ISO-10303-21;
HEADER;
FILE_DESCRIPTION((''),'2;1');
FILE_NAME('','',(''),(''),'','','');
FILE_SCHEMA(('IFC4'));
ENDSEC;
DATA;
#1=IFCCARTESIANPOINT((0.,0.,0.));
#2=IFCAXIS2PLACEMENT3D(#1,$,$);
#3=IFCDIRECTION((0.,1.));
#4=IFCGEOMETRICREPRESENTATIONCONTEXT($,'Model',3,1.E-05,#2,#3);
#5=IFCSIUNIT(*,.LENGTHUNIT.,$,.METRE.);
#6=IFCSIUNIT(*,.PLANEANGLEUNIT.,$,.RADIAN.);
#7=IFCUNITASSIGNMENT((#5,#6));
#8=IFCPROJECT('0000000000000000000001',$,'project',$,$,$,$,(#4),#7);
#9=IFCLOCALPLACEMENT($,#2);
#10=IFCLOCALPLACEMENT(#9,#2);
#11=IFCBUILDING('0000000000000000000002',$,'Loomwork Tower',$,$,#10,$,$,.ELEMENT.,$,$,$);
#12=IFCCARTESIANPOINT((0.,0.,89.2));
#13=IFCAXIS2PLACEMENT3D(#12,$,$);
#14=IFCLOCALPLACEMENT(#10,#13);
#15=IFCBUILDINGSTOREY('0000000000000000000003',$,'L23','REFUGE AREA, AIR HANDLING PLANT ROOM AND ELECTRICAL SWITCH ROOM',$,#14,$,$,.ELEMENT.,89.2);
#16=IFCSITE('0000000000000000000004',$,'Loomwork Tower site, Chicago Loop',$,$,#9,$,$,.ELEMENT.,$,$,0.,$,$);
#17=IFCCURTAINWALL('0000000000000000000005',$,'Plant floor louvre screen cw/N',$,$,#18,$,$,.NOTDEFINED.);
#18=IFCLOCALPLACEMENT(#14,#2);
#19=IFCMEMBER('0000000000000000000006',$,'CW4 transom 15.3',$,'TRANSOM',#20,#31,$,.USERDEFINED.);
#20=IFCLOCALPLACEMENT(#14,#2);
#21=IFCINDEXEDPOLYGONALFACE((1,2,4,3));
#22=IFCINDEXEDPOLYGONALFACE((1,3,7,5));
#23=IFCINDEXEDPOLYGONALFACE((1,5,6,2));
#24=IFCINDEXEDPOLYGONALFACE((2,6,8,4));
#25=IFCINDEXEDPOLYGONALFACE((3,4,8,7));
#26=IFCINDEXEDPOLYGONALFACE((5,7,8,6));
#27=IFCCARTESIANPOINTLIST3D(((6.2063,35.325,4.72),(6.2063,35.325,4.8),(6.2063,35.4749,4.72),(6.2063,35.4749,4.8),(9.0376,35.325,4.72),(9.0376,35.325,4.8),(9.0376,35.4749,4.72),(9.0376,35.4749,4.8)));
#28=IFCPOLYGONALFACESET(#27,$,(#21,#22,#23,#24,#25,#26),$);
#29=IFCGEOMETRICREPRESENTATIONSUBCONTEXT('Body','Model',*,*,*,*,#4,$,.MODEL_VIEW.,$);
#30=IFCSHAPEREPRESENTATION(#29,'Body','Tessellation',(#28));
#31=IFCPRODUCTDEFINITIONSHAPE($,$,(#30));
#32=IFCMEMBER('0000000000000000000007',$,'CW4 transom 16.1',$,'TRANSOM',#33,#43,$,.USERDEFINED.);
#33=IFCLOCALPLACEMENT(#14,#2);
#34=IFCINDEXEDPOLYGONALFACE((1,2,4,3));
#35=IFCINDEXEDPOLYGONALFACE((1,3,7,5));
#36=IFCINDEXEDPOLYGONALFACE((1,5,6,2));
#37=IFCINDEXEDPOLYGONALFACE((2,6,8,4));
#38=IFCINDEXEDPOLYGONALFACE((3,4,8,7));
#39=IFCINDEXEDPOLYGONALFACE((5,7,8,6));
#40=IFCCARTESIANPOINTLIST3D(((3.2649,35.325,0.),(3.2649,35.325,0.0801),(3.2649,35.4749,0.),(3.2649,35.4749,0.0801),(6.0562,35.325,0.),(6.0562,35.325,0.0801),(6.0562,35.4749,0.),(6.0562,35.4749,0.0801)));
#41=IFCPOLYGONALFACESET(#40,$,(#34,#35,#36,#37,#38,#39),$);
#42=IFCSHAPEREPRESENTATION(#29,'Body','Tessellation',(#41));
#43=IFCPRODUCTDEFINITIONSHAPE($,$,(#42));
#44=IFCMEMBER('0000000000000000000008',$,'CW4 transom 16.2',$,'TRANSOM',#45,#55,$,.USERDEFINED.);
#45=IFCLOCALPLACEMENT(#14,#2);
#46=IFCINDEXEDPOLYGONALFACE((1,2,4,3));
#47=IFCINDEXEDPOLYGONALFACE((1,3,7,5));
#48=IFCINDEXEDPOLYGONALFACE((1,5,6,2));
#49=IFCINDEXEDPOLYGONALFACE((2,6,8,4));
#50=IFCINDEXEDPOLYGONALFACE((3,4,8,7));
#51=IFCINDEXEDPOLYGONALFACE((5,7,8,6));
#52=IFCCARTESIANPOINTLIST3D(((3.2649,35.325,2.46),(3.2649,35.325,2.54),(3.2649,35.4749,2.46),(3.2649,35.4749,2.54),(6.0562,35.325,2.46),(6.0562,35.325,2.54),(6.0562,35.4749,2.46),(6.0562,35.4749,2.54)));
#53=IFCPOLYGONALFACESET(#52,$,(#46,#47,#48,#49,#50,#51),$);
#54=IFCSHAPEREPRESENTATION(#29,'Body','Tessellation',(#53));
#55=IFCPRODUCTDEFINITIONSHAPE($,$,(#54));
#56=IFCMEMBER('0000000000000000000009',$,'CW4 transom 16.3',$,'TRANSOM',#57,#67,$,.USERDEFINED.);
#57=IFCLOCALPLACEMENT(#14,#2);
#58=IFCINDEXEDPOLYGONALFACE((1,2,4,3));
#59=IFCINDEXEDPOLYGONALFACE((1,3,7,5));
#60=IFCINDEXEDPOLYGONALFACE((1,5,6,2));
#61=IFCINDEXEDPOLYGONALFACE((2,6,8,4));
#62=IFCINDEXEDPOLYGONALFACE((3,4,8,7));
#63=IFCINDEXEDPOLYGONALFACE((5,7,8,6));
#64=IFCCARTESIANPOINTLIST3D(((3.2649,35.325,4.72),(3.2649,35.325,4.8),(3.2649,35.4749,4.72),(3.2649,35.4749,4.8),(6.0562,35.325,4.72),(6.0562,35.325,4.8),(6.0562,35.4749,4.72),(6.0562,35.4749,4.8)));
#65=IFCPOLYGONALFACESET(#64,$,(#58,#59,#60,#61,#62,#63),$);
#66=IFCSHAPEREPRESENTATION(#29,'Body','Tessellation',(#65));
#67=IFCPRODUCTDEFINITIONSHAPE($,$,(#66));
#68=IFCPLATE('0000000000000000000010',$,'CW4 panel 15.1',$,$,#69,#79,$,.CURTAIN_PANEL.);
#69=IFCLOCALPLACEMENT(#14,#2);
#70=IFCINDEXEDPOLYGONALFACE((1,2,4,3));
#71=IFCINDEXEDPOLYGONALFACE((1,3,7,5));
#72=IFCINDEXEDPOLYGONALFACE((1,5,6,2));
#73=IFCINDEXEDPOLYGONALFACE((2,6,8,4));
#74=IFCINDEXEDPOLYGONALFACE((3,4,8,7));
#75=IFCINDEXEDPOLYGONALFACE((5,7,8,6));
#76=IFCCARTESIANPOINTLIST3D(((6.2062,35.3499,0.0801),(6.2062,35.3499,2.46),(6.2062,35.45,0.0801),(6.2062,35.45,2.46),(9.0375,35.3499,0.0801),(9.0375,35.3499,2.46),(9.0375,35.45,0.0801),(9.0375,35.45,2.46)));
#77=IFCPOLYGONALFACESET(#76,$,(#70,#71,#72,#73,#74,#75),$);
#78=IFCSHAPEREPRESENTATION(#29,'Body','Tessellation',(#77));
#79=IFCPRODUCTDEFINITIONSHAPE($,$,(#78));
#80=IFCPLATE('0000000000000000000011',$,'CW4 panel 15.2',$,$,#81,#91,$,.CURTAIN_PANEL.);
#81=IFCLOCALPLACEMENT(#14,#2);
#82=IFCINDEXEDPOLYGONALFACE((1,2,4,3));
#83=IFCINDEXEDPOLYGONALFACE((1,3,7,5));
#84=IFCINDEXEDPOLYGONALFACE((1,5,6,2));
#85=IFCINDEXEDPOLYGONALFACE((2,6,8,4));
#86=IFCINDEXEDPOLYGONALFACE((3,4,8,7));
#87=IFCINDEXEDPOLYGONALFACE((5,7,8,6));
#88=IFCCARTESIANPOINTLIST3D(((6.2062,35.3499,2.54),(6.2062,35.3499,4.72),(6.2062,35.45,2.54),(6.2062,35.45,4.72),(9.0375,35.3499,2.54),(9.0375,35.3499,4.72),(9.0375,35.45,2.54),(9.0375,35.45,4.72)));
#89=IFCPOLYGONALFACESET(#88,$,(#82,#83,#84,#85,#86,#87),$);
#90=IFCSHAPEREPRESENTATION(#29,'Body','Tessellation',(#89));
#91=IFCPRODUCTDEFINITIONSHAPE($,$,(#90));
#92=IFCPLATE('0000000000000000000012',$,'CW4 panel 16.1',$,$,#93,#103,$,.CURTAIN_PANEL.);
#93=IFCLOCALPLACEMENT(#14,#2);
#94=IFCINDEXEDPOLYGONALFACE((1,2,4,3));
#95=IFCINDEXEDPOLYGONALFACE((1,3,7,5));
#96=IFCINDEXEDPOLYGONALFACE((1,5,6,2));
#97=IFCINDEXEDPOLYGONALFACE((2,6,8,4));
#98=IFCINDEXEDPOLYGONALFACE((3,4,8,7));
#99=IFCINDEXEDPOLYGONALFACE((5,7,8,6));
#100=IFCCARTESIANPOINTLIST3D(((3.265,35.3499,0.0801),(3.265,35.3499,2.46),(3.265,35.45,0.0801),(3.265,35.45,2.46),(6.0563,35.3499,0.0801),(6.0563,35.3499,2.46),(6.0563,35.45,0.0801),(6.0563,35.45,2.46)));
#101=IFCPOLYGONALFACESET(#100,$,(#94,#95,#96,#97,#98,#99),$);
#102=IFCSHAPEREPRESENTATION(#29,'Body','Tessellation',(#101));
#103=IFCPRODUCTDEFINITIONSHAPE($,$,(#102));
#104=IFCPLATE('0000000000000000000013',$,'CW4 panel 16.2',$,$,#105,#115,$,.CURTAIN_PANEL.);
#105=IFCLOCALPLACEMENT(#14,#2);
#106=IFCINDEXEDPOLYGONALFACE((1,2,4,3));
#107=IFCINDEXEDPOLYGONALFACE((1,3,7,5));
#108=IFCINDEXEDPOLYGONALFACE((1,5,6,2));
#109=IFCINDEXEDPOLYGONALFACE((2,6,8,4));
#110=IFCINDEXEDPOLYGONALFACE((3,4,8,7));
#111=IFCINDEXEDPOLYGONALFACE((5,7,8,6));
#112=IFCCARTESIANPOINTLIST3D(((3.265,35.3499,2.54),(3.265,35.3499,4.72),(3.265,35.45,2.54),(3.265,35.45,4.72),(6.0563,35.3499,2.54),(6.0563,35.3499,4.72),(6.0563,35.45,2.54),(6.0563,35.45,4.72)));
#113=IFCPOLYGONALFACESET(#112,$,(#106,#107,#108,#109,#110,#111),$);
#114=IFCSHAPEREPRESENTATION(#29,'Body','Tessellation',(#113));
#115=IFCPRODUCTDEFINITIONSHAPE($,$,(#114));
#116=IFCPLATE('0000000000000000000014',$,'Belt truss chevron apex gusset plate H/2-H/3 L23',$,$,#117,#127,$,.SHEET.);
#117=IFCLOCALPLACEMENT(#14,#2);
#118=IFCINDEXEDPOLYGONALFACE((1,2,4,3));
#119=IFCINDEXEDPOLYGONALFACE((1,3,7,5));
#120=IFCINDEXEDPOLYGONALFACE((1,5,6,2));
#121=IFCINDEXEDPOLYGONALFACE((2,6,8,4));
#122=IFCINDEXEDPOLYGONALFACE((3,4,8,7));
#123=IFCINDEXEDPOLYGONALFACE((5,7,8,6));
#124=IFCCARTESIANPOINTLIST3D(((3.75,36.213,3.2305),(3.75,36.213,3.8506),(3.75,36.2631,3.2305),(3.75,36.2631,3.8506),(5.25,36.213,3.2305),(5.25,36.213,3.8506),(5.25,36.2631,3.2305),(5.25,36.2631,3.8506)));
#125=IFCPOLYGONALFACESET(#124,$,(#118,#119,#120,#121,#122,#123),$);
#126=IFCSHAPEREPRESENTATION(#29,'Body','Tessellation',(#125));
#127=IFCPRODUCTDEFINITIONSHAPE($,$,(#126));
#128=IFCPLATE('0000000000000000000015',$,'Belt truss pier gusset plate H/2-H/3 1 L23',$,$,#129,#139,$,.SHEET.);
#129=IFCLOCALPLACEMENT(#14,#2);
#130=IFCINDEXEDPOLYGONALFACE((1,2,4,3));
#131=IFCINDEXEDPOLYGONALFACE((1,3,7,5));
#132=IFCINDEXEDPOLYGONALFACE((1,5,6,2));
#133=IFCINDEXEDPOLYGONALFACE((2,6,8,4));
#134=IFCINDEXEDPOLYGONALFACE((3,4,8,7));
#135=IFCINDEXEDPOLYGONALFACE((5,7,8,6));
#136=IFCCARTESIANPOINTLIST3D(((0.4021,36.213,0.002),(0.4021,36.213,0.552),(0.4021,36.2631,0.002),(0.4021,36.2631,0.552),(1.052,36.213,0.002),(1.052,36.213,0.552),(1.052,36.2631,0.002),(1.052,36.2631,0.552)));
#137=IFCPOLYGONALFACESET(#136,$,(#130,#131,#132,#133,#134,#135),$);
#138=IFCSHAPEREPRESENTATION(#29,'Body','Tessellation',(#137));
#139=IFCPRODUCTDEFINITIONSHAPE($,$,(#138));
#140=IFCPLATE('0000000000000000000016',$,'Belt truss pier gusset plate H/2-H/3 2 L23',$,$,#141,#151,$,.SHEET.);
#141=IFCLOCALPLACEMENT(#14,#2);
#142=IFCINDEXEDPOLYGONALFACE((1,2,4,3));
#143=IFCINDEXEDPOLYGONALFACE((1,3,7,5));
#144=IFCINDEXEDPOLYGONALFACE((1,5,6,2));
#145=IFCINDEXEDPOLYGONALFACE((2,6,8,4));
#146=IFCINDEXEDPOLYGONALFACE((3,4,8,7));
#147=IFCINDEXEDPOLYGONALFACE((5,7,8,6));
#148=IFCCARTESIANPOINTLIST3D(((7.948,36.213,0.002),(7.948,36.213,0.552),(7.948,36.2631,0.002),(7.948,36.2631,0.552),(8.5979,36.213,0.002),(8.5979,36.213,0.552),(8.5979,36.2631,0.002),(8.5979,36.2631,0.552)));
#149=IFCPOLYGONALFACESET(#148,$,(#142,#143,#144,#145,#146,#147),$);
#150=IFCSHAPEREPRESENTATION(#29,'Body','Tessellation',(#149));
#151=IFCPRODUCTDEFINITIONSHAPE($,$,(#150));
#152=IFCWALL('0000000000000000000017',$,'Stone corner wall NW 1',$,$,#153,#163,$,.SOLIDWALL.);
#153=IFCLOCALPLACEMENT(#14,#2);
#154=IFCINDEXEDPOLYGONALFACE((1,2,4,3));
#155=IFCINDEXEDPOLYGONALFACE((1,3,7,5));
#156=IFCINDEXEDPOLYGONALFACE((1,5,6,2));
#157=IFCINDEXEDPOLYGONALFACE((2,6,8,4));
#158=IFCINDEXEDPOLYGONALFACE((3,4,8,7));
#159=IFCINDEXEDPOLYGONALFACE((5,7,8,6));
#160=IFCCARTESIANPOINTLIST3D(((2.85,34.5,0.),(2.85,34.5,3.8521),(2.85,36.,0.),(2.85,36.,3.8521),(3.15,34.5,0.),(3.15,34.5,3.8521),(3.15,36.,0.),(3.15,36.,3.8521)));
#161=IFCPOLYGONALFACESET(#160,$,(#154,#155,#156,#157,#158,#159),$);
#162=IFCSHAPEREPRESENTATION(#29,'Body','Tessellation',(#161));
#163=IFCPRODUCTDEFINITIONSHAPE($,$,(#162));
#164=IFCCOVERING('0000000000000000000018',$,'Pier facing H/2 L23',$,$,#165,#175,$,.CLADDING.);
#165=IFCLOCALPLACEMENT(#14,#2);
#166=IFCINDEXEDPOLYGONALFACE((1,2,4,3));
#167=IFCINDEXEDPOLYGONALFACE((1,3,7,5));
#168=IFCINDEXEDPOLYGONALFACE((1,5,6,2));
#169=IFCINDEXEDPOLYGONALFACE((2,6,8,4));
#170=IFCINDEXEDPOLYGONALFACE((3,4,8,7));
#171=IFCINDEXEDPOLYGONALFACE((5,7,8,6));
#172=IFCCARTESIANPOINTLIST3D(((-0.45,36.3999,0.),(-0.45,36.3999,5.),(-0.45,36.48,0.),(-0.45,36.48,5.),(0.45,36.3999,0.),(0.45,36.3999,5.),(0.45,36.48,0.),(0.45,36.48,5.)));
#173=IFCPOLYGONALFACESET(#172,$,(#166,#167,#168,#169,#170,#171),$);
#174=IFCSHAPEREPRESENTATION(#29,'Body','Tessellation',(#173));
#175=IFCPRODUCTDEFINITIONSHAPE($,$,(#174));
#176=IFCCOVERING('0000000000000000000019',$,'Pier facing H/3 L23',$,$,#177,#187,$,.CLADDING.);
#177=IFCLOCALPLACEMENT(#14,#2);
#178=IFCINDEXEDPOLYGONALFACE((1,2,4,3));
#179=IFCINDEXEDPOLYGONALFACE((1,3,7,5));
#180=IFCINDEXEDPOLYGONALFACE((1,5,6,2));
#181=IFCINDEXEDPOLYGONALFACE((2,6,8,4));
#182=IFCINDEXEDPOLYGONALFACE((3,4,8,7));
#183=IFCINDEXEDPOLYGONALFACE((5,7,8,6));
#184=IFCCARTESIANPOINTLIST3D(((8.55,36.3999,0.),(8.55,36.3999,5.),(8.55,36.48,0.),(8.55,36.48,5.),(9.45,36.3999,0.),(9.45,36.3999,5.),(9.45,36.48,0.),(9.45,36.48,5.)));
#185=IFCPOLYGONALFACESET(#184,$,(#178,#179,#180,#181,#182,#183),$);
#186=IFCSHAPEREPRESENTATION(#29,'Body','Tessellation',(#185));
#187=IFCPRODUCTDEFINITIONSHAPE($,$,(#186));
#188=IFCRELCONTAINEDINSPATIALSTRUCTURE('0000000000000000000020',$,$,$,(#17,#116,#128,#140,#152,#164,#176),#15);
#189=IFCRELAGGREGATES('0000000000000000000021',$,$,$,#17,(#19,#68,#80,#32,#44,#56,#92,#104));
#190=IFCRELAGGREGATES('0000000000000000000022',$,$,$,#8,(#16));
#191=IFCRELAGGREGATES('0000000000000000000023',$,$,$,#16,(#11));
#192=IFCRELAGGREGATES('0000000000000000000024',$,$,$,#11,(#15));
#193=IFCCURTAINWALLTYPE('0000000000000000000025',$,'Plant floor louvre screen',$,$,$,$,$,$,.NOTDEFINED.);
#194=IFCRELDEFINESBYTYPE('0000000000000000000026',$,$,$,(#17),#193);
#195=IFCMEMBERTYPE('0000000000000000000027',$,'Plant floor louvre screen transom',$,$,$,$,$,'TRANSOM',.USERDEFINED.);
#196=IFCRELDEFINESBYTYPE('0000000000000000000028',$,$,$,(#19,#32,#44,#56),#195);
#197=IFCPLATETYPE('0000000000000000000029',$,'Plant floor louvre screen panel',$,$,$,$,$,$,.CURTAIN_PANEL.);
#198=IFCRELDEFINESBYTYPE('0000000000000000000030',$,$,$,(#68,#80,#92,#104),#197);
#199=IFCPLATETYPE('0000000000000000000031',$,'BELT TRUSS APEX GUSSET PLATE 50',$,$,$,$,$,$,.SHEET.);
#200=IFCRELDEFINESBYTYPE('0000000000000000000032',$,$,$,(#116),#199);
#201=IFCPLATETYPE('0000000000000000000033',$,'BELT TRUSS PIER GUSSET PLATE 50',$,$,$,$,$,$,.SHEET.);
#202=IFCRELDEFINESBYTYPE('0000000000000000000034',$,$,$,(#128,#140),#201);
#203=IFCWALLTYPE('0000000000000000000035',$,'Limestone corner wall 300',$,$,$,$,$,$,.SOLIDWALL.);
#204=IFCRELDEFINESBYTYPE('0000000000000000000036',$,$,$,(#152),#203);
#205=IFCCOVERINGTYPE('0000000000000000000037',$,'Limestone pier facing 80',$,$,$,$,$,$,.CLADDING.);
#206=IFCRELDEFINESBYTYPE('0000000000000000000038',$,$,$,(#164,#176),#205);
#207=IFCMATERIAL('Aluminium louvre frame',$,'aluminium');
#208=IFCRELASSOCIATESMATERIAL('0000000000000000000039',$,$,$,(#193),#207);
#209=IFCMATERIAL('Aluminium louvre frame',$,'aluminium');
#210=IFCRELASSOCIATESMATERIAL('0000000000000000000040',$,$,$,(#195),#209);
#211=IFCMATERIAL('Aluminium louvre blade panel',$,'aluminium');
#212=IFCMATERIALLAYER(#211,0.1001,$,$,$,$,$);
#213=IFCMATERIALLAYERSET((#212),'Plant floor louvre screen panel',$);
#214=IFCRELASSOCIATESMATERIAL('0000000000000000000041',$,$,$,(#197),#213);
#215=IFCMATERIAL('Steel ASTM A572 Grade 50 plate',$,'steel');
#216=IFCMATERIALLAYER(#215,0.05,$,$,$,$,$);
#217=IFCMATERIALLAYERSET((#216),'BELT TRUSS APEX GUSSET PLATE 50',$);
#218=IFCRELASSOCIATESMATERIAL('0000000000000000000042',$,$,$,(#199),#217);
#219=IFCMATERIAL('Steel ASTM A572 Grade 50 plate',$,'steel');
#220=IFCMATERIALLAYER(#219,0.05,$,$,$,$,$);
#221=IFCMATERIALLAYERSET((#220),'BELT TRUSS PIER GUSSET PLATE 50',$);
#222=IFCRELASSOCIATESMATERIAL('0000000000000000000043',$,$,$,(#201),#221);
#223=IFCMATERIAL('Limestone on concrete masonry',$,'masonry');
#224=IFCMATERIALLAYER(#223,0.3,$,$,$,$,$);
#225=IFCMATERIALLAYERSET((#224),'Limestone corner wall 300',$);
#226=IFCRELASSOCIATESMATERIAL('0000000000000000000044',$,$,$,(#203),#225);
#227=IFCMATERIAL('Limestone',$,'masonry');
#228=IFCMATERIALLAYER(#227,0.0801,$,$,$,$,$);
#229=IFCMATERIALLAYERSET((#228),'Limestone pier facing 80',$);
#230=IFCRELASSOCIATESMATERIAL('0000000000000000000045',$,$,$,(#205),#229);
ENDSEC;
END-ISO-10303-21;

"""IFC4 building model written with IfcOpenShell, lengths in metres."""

from ifc_helpers import new_model, si_unit, direction, frame, frame_2d, origin, origin_2d, place, context, subcontext, project, spatial, rectangle, extrude, material, layer, layer_set, material_profile, profile_set, type_object, element, aggregate, save


model = new_model("IFC4")

# Units and contexts
model_context = context("Model", 3, precision=1e-05, world=origin(), true_north=direction((0.0, 1.0)))
body_context = subcontext(model_context, "Body", "Model", "MODEL_VIEW")
ifc_project = project(units=[si_unit("LENGTHUNIT", "METRE"), si_unit("PLANEANGLEUNIT", "RADIAN")], contexts=[model_context])

# Site, building, storey
site_placement = place(None, origin())
site = spatial("IfcSite", under=ifc_project, at=site_placement, Name="Loomwork Tower site, Chicago Loop", CompositionType="ELEMENT", RefElevation=0.0)
building_placement = place(site_placement, origin())
building = spatial("IfcBuilding", under=site, at=building_placement, Name="Loomwork Tower", CompositionType="ELEMENT")
storey_placement = place(building_placement, frame((0.0, 0.0, 89.2)))
storey = spatial("IfcBuildingStorey", under=building, at=storey_placement, Name="L23", Description="REFUGE AREA, AIR HANDLING PLANT ROOM AND ELECTRICAL SWITCH ROOM", CompositionType="ELEMENT", Elevation=89.2)

# Curtain wall, members, plates
ifc_material_1 = material(Name="Aluminium louvre frame", Category="aluminium")
curtain_wall_type = type_object("IfcCurtainWallType", Name="Plant floor louvre screen", PredefinedType="NOTDEFINED", material=ifc_material_1)
curtain_wall_placement = place(storey_placement, origin())
curtain_wall = element("IfcCurtainWall", 1, at=curtain_wall_placement, inside=storey, type_object=curtain_wall_type, Name="Plant floor louvre screen cw/N", PredefinedType="NOTDEFINED")
ifc_material_2 = material(Name="Aluminium louvre frame", Category="aluminium")
ifc_material_profile_1 = material_profile(ifc_material_2, rectangle(XDim=0.1499, YDim=0.0801, at=origin_2d()), Name="AL 80x150")
ifc_profile_set_1 = profile_set([ifc_material_profile_1], Name="Aluminium louvre frame")
member_type_1 = type_object("IfcMemberType", Name="Plant floor louvre screen transom", ElementType="TRANSOM", PredefinedType="USERDEFINED", material=ifc_profile_set_1)
member_1_placement = place(storey_placement, frame((9.0376, 35.3999, 4.76), z_axis=(-1.0, 0.0, 0.0), x_axis=(0.0, -1.0, 0.0)))
member_1 = element("IfcMember", 2, at=member_1_placement, type_object=member_type_1, Name="CW4 transom 15.3", ObjectType="TRANSOM", PredefinedType="USERDEFINED", context=body_context, shape_type="SweptSolid", body=[
    extrude(rectangle(XDim=0.1499, YDim=0.0801, at=origin_2d()), origin(), (0.0, 0.0, 1.0), 2.8313),
])
member_2_placement = place(storey_placement, frame((6.0562, 35.3999, 0.04), z_axis=(-1.0, 0.0, 0.0), x_axis=(0.0, -1.0, 0.0)))
member_2 = element("IfcMember", 3, at=member_2_placement, type_object=member_type_1, Name="CW4 transom 16.1", ObjectType="TRANSOM", PredefinedType="USERDEFINED", context=body_context, shape_type="SweptSolid", body=[
    extrude(rectangle(XDim=0.1499, YDim=0.0801, at=origin_2d()), origin(), (0.0, 0.0, 1.0), 2.7913),
])
member_3_placement = place(storey_placement, frame((6.0562, 35.3999, 2.5), z_axis=(-1.0, 0.0, 0.0), x_axis=(0.0, -1.0, 0.0)))
member_3 = element("IfcMember", 4, at=member_3_placement, type_object=member_type_1, Name="CW4 transom 16.2", ObjectType="TRANSOM", PredefinedType="USERDEFINED", context=body_context, shape_type="SweptSolid", body=[
    extrude(rectangle(XDim=0.1499, YDim=0.0801, at=origin_2d()), origin(), (0.0, 0.0, 1.0), 2.7913),
])
member_4_placement = place(storey_placement, frame((6.0562, 35.3999, 4.76), z_axis=(-1.0, 0.0, 0.0), x_axis=(0.0, -1.0, 0.0)))
member_4 = element("IfcMember", 5, at=member_4_placement, type_object=member_type_1, Name="CW4 transom 16.3", ObjectType="TRANSOM", PredefinedType="USERDEFINED", context=body_context, shape_type="SweptSolid", body=[
    extrude(rectangle(XDim=0.1499, YDim=0.0801, at=origin_2d()), origin(), (0.0, 0.0, 1.0), 2.7913),
])
ifc_material_3 = material(Name="Aluminium louvre blade panel", Category="aluminium")
ifc_layer_1 = layer(ifc_material_3, 0.1001)
ifc_layer_set_1 = layer_set([ifc_layer_1], Name="Plant floor louvre screen panel")
plate_type_1 = type_object("IfcPlateType", Name="Plant floor louvre screen panel", PredefinedType="CURTAIN_PANEL", material=ifc_layer_set_1)
plate_1_placement = place(storey_placement, frame((7.6218, 35.3999, 0.0801), z_axis=(0.0, 0.0, 1.0), x_axis=(-1.0, 0.0, 0.0)))
plate_1 = element("IfcPlate", 6, at=plate_1_placement, type_object=plate_type_1, Name="CW4 panel 15.1", PredefinedType="CURTAIN_PANEL", context=body_context, shape_type="SweptSolid", body=[
    extrude(rectangle(XDim=2.8313, YDim=0.1001, at=origin_2d()), origin(), (0.0, 0.0, 1.0), 2.3799),
])
plate_2_placement = place(storey_placement, frame((7.6218, 35.3999, 2.54), z_axis=(0.0, 0.0, 1.0), x_axis=(-1.0, 0.0, 0.0)))
plate_2 = element("IfcPlate", 7, at=plate_2_placement, type_object=plate_type_1, Name="CW4 panel 15.2", PredefinedType="CURTAIN_PANEL", context=body_context, shape_type="SweptSolid", body=[
    extrude(rectangle(XDim=2.8313, YDim=0.1001, at=origin_2d()), origin(), (0.0, 0.0, 1.0), 2.1799),
])
plate_3_placement = place(storey_placement, frame((4.6606, 35.3999, 0.0801), z_axis=(0.0, 0.0, 1.0), x_axis=(-1.0, 0.0, 0.0)))
plate_3 = element("IfcPlate", 8, at=plate_3_placement, type_object=plate_type_1, Name="CW4 panel 16.1", PredefinedType="CURTAIN_PANEL", context=body_context, shape_type="SweptSolid", body=[
    extrude(rectangle(XDim=2.7913, YDim=0.1001, at=origin_2d()), origin(), (0.0, 0.0, 1.0), 2.3799),
])
plate_4_placement = place(storey_placement, frame((4.6606, 35.3999, 2.54), z_axis=(0.0, 0.0, 1.0), x_axis=(-1.0, 0.0, 0.0)))
plate_4 = element("IfcPlate", 9, at=plate_4_placement, type_object=plate_type_1, Name="CW4 panel 16.2", PredefinedType="CURTAIN_PANEL", context=body_context, shape_type="SweptSolid", body=[
    extrude(rectangle(XDim=2.7913, YDim=0.1001, at=origin_2d()), origin(), (0.0, 0.0, 1.0), 2.1799),
])
aggregate(curtain_wall, [member_1, plate_1, plate_2, member_2, member_3, member_4, plate_3, plate_4])

# Plates
ifc_material_4 = material(Name="Steel ASTM A572 Grade 50 plate", Category="steel")
ifc_layer_2 = layer(ifc_material_4, 0.05)
ifc_layer_set_2 = layer_set([ifc_layer_2], Name="BELT TRUSS APEX GUSSET PLATE 50")
plate_type_2 = type_object("IfcPlateType", Name="BELT TRUSS APEX GUSSET PLATE 50", PredefinedType="SHEET", material=ifc_layer_set_2)
plate_5_placement = place(storey_placement, frame((4.5, 36.238, 3.2305), z_axis=(0.0, 0.0, 1.0), x_axis=(1.0, 0.0, 0.0)))
element("IfcPlate", 10, at=plate_5_placement, inside=storey, type_object=plate_type_2, Name="Belt truss chevron apex gusset plate H/2-H/3 L23", PredefinedType="SHEET", context=body_context, shape_type="SweptSolid", body=[
    extrude(rectangle(XDim=1.5, YDim=0.05, at=origin_2d()), origin(), (0.0, 0.0, 1.0), 0.6201),
])
ifc_material_5 = material(Name="Steel ASTM A572 Grade 50 plate", Category="steel")
ifc_layer_3 = layer(ifc_material_5, 0.05)
ifc_layer_set_3 = layer_set([ifc_layer_3], Name="BELT TRUSS PIER GUSSET PLATE 50")
plate_type_3 = type_object("IfcPlateType", Name="BELT TRUSS PIER GUSSET PLATE 50", PredefinedType="SHEET", material=ifc_layer_set_3)
for number, where, z_axis, x_axis, name in (
    (11, (0.7271, 36.238, 0.002), (0.0, 0.0, 1.0), (1.0, 0.0, 0.0), "Belt truss pier gusset plate H/2-H/3 1 L23"),
    (12, (8.2729, 36.238, 0.002), (0.0, 0.0, 1.0), (1.0, 0.0, 0.0), "Belt truss pier gusset plate H/2-H/3 2 L23"),
):
    element("IfcPlate", number, at=place(storey_placement, frame(where, z_axis=z_axis, x_axis=x_axis)), inside=storey, type_object=plate_type_3, Name=name, PredefinedType="SHEET", context=body_context, shape_type="SweptSolid", body=[
        extrude(rectangle(XDim=0.6499, YDim=0.05, at=origin_2d()), origin(), (0.0, 0.0, 1.0), 0.55),
    ])

# Wall
ifc_material_6 = material(Name="Limestone on concrete masonry", Category="masonry")
ifc_layer_4 = layer(ifc_material_6, 0.3)
ifc_layer_set_4 = layer_set([ifc_layer_4], Name="Limestone corner wall 300")
wall_type = type_object("IfcWallType", Name="Limestone corner wall 300", PredefinedType="SOLIDWALL", material=ifc_layer_set_4)
wall_placement = place(storey_placement, frame((3.0, 36.0, 0.0), z_axis=(0.0, 0.0, 1.0), x_axis=(0.0, -1.0, 0.0)))
element("IfcWall", 13, at=wall_placement, inside=storey, type_object=wall_type, Name="Stone corner wall NW 1", PredefinedType="SOLIDWALL", context=body_context, shape_type="SweptSolid", body=[
    extrude(rectangle(XDim=1.5, YDim=0.3, at=frame_2d((0.75, 0.0))), origin(), (0.0, 0.0, 1.0), 3.8521),
])

# Coverings
ifc_material_7 = material(Name="Limestone", Category="masonry")
ifc_layer_5 = layer(ifc_material_7, 0.0801)
ifc_layer_set_5 = layer_set([ifc_layer_5], Name="Limestone pier facing 80")
covering_type = type_object("IfcCoveringType", Name="Limestone pier facing 80", PredefinedType="CLADDING", material=ifc_layer_set_5)
for number, where, z_axis, x_axis, name in (
    (14, (0.0, 36.4399, 0.0), (0.0, 0.0, 1.0), (1.0, 0.0, 0.0), "Pier facing H/2 L23"),
    (15, (9.0, 36.4399, 0.0), (0.0, 0.0, 1.0), (1.0, 0.0, 0.0), "Pier facing H/3 L23"),
):
    element("IfcCovering", number, at=place(storey_placement, frame(where, z_axis=z_axis, x_axis=x_axis)), inside=storey, type_object=covering_type, Name=name, PredefinedType="CLADDING", context=body_context, shape_type="SweptSolid", body=[
        extrude(rectangle(XDim=0.8999, YDim=0.0801, at=origin_2d()), origin(), (0.0, 0.0, 1.0), 5.0),
    ])

save(model, "model.ifc")
